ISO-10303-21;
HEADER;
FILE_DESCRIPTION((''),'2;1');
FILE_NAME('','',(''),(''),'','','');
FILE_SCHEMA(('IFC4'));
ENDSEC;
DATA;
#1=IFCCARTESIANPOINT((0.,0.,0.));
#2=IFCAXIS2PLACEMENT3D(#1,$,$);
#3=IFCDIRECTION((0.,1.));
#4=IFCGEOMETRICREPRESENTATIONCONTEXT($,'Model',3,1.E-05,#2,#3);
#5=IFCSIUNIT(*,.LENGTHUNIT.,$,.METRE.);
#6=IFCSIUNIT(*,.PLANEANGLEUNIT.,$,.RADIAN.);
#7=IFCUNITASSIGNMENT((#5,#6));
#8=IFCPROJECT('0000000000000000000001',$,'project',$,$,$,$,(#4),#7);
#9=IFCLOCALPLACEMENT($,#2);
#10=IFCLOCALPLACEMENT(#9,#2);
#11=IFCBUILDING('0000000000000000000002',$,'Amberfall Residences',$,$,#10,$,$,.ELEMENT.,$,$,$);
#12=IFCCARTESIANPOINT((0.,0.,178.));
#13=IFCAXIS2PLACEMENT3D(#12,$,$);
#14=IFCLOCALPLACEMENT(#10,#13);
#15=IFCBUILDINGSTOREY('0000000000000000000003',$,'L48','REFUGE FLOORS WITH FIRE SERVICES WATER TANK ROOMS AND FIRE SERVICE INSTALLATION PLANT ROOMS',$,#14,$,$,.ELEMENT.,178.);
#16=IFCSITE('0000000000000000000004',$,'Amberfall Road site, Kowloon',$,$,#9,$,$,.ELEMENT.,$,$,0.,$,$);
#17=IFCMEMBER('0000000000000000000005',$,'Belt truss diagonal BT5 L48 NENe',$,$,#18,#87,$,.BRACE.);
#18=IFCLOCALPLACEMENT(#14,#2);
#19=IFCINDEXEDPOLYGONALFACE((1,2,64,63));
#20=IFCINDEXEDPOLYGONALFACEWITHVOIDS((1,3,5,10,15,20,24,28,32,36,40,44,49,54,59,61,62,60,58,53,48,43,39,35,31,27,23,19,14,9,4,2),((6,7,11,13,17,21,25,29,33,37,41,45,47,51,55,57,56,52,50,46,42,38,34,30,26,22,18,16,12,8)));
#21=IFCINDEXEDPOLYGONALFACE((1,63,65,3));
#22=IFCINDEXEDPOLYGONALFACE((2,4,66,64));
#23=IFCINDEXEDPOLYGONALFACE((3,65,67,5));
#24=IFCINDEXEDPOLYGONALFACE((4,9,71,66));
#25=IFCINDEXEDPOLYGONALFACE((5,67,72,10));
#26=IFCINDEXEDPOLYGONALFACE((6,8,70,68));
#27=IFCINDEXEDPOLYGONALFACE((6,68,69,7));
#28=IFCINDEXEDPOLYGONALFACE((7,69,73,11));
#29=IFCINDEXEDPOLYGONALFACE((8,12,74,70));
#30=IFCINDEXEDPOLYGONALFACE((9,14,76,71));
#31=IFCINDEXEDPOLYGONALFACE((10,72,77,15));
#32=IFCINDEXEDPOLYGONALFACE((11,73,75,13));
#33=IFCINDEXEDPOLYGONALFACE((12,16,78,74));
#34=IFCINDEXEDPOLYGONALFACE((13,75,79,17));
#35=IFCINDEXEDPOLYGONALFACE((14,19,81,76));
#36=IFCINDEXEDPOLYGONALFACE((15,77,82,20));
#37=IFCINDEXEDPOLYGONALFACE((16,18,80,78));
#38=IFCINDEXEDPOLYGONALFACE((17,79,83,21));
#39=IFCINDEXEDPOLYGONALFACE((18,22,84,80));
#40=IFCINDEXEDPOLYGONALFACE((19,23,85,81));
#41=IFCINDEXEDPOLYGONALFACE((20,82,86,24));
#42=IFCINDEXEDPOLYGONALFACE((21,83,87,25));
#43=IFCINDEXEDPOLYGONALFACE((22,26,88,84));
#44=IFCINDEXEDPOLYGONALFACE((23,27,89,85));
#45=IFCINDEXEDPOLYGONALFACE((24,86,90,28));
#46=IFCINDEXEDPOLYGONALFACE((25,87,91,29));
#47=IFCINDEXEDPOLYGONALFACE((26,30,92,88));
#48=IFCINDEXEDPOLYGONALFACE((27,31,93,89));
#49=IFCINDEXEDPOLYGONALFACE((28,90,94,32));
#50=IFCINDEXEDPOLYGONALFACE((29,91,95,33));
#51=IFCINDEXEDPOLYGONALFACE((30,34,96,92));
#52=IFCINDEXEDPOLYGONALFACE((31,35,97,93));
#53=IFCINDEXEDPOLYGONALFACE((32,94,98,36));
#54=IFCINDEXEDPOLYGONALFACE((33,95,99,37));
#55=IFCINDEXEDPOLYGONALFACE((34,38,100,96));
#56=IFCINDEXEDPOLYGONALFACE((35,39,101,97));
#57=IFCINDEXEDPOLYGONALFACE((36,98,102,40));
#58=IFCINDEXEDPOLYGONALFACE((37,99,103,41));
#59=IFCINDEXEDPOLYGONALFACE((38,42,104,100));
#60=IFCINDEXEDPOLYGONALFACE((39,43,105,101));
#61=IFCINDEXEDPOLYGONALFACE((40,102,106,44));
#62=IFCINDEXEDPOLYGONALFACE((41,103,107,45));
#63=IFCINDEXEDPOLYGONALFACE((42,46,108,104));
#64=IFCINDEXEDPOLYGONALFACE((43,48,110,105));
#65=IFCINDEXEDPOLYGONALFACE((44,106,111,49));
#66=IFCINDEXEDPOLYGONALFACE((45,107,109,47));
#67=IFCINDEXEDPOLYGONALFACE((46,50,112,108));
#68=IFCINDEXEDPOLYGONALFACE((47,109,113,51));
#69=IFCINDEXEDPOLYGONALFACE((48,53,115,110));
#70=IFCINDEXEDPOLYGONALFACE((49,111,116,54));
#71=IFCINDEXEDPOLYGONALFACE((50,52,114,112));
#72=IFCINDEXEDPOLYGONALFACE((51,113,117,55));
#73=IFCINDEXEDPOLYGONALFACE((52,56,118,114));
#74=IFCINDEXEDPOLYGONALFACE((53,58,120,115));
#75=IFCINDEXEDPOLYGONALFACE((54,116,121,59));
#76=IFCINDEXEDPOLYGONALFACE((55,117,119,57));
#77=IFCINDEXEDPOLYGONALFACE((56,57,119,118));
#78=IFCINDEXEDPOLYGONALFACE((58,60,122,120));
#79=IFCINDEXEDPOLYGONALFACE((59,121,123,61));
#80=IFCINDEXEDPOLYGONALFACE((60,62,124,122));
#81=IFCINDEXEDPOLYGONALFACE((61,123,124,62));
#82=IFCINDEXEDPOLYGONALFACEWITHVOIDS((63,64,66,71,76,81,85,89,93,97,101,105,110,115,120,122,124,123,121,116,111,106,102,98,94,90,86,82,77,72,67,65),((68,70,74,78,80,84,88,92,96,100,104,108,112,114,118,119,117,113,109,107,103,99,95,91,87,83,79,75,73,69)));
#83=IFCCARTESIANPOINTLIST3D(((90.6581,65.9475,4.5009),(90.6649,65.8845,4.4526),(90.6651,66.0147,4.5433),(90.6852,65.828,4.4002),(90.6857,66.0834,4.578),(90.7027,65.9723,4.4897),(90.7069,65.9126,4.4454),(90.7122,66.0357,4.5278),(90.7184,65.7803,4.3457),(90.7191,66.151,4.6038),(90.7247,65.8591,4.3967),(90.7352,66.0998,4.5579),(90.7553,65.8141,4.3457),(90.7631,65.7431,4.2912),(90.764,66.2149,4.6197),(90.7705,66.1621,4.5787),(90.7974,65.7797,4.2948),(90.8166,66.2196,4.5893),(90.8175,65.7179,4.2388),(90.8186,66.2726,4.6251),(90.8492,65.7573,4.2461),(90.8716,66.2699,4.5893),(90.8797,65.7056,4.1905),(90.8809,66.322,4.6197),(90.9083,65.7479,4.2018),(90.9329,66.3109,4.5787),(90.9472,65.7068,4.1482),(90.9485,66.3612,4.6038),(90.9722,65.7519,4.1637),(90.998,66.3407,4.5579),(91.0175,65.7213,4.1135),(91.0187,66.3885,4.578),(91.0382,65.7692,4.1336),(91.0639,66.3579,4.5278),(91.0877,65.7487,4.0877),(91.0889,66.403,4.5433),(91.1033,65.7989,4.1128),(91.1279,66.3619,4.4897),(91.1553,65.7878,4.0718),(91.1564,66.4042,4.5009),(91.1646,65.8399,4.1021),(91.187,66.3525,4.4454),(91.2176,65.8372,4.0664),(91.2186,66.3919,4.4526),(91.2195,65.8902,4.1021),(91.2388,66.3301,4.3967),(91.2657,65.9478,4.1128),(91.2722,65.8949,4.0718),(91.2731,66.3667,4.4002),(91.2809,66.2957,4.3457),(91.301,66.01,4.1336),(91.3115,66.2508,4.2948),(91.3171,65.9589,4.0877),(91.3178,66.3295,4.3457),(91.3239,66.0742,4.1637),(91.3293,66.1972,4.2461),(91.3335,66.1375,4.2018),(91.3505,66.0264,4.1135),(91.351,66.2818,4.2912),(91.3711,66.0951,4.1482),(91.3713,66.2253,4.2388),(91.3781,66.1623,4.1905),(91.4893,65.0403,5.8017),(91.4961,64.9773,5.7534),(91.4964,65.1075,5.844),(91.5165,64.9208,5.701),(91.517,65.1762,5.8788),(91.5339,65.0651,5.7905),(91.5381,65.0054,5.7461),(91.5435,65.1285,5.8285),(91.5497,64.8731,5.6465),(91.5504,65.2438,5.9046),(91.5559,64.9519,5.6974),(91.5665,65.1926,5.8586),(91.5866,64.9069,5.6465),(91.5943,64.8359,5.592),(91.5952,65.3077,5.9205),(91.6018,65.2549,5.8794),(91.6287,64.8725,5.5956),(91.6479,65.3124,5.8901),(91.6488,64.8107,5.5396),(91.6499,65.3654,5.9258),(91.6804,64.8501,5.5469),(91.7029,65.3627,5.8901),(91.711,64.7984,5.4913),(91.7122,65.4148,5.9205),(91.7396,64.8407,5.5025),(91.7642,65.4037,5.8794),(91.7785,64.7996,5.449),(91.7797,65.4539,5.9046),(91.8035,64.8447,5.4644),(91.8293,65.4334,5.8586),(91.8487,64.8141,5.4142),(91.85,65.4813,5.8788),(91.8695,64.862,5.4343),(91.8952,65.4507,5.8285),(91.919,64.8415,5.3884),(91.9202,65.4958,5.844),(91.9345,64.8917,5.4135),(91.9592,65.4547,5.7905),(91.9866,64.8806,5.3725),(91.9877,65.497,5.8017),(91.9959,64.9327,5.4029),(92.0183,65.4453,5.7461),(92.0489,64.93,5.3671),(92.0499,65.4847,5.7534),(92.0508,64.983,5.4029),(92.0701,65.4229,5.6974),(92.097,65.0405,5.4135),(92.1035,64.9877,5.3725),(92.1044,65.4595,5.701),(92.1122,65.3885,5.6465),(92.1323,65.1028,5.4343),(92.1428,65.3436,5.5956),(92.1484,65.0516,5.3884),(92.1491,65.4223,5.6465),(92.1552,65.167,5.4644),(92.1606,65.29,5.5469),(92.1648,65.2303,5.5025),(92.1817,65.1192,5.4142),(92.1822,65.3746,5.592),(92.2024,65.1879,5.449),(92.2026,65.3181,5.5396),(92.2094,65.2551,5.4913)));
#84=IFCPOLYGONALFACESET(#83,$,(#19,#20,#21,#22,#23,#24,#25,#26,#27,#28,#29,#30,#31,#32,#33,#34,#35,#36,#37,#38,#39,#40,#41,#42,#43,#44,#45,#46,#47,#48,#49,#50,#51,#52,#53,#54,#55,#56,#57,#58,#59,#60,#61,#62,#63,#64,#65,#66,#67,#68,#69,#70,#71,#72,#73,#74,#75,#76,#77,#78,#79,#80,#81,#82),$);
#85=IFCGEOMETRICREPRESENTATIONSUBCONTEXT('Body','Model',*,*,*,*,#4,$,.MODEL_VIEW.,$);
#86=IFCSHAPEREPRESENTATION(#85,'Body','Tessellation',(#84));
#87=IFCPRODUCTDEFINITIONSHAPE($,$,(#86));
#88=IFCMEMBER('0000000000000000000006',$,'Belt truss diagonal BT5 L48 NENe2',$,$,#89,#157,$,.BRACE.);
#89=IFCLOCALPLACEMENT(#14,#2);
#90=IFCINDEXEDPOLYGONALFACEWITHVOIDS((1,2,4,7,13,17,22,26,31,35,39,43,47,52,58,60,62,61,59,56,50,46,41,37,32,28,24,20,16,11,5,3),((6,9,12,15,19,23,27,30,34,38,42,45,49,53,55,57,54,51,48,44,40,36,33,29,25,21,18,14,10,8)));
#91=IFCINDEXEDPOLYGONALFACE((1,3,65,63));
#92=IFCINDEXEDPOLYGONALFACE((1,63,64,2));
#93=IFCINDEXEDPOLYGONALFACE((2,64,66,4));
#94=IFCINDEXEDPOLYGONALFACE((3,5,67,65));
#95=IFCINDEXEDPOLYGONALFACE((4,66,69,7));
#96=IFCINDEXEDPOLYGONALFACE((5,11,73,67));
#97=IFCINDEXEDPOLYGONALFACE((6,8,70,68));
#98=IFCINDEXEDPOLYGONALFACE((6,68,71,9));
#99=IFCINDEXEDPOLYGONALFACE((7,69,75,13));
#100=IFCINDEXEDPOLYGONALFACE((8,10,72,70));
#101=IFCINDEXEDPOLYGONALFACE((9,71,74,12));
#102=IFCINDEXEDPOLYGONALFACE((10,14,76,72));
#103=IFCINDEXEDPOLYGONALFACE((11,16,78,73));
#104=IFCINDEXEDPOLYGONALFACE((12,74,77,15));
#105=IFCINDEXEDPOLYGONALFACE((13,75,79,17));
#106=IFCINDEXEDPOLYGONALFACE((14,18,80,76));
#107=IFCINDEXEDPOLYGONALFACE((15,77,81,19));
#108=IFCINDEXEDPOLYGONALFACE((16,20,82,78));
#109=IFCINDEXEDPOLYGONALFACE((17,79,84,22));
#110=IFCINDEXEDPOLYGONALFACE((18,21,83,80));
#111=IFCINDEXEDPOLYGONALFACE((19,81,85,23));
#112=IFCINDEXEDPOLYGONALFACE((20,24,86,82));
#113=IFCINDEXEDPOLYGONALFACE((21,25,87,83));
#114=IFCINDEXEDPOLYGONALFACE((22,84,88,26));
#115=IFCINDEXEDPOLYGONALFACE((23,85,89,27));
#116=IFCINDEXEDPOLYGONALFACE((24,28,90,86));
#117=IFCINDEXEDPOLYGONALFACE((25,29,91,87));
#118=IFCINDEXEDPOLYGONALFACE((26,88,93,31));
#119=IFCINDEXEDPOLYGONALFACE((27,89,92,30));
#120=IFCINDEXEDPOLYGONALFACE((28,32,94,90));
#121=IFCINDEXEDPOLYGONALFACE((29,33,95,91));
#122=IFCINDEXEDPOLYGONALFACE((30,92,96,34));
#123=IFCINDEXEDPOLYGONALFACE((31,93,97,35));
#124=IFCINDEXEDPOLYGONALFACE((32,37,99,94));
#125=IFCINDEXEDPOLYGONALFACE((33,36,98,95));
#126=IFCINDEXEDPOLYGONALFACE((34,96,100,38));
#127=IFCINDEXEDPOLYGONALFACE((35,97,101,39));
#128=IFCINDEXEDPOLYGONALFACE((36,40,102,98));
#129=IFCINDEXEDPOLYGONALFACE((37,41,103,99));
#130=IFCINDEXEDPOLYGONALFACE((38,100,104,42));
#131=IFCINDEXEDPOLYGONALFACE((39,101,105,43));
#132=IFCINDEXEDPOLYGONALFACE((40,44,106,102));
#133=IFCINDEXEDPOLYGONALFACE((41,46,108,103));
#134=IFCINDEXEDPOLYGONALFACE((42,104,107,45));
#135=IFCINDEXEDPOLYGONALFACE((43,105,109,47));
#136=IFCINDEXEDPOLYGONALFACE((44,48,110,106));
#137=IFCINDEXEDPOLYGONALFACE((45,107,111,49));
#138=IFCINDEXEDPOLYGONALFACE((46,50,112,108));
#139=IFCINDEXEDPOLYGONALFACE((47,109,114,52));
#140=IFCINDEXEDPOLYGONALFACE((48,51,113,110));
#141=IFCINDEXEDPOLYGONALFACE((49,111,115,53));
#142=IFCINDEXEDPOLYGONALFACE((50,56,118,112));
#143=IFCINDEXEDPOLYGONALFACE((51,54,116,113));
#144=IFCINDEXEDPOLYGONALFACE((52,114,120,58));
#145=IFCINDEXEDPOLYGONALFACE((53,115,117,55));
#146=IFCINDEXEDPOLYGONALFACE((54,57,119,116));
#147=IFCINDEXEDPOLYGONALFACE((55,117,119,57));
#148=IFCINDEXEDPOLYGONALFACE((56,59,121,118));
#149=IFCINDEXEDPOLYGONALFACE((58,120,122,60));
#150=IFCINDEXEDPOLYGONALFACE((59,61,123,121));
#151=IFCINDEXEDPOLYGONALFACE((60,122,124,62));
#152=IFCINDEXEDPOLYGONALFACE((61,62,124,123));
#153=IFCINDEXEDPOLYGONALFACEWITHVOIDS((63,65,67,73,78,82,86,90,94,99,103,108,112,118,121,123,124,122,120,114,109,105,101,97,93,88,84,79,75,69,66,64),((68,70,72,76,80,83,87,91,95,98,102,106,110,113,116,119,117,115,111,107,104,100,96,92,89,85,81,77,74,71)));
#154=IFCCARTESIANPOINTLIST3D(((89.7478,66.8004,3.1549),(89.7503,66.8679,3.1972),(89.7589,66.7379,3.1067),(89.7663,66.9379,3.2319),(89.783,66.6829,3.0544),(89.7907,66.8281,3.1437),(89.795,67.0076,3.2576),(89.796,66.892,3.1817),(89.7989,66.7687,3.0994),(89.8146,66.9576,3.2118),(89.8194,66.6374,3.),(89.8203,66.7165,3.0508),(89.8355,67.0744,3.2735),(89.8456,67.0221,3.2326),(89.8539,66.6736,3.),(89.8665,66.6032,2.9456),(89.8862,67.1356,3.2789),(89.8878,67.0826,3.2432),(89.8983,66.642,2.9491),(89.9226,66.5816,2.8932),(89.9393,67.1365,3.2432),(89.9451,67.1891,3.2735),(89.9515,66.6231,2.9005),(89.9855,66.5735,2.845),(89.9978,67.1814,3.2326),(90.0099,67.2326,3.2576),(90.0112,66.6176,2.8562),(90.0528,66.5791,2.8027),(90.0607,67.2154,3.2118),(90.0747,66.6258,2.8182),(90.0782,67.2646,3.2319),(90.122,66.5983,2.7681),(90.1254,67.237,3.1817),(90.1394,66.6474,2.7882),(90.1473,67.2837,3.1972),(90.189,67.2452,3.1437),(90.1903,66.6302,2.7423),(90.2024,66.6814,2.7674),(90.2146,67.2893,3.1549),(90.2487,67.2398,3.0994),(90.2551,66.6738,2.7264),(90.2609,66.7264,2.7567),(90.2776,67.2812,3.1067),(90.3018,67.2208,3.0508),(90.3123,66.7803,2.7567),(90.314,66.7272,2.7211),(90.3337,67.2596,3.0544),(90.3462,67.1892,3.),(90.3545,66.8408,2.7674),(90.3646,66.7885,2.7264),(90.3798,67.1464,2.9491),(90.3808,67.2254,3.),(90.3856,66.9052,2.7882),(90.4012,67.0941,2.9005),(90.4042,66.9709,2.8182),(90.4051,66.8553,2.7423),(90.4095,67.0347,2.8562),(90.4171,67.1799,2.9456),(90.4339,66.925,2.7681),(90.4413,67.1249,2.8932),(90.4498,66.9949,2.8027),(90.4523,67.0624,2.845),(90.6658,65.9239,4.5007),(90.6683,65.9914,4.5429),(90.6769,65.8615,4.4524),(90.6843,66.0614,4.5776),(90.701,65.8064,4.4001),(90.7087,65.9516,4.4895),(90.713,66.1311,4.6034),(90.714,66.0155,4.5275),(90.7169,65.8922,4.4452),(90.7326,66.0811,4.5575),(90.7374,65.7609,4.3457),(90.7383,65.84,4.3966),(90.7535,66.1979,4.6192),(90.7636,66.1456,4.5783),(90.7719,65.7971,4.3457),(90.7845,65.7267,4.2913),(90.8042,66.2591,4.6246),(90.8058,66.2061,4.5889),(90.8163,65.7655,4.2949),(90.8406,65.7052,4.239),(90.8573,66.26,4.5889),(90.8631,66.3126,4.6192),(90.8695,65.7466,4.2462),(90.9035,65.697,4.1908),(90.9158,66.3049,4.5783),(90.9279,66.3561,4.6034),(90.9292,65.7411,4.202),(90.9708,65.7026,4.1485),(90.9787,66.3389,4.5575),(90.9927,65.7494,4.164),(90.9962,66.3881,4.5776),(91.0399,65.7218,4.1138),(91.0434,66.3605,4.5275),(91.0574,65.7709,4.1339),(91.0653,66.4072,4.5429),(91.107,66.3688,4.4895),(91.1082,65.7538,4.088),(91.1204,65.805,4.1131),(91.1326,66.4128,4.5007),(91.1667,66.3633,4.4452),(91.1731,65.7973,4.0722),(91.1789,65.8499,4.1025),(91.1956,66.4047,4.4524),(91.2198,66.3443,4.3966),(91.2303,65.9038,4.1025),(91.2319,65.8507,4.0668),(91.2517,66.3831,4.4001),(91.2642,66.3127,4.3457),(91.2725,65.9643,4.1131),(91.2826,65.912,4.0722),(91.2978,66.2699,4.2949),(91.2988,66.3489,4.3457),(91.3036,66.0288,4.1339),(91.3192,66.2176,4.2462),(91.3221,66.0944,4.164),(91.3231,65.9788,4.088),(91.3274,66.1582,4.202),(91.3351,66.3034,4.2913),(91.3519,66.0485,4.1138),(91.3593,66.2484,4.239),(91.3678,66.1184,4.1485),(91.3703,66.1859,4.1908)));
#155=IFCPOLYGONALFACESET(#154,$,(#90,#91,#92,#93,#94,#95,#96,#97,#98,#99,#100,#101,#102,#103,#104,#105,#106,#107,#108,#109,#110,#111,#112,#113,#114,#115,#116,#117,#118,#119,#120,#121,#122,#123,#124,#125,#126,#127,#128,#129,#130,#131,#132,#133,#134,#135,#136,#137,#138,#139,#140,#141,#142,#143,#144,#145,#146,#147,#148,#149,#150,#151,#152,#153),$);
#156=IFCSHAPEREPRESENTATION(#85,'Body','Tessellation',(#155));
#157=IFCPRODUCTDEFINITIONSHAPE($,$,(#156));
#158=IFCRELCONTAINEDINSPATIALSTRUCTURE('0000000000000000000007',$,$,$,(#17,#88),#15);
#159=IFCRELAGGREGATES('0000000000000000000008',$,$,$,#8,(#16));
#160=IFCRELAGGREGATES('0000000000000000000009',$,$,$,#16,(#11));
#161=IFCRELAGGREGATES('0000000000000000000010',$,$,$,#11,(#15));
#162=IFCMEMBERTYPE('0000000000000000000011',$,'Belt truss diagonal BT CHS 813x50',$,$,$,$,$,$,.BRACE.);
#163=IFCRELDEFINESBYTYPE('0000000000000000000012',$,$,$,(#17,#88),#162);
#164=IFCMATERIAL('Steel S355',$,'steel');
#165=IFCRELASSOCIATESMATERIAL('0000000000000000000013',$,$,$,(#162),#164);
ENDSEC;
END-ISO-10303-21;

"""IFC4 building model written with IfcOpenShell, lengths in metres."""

from ifc_helpers import new_model, si_unit, direction, frame, origin, origin_2d, place, context, subcontext, project, spatial, hollow_circle, extrude, material, material_profile, profile_set, type_object, element, save


model = new_model("IFC4")

# Units and contexts
model_context = context("Model", 3, precision=1e-05, world=origin(), true_north=direction((0.0, 1.0)))
body_context = subcontext(model_context, "Body", "Model", "MODEL_VIEW")
ifc_project = project(units=[si_unit("LENGTHUNIT", "METRE"), si_unit("PLANEANGLEUNIT", "RADIAN")], contexts=[model_context])

# Site, building, storey
site_placement = place(None, origin())
site = spatial("IfcSite", under=ifc_project, at=site_placement, Name="Amberfall Road site, Kowloon", CompositionType="ELEMENT", RefElevation=0.0)
building_placement = place(site_placement, origin())
building = spatial("IfcBuilding", under=site, at=building_placement, Name="Amberfall Residences", CompositionType="ELEMENT")
storey_placement = place(building_placement, frame((0.0, 0.0, 178.0)))
storey = spatial("IfcBuildingStorey", under=building, at=storey_placement, Name="L48", Description="REFUGE FLOORS WITH FIRE SERVICES WATER TANK ROOMS AND FIRE SERVICE INSTALLATION PLANT ROOMS", CompositionType="ELEMENT", Elevation=178.0)

# Shared definitions
ifc_material_1 = material(Name="Steel S355", Category="steel")

# Members
ifc_material_profile_1 = material_profile(ifc_material_1, hollow_circle(Radius=0.4065, WallThickness=0.05, at=origin_2d()), Name="CHS 813x50")
ifc_profile_set_1 = profile_set([ifc_material_profile_1], Name="Steel S355")
member_type = type_object("IfcMemberType", Name="Belt truss diagonal BT CHS 813x50", PredefinedType="BRACE", material=ifc_profile_set_1)
member_1_placement = place(storey_placement, frame((91.8494, 65.1477, 5.6465), z_axis=(-0.464264, 0.506668, -0.726461), x_axis=(-0.737286, -0.675581, 0.0)))
element("IfcMember", 1, at=member_1_placement, inside=storey, type_object=member_type, Name="Belt truss diagonal BT5 L48 NENe", PredefinedType="BRACE", context=body_context, shape_type="SweptSolid", body=[
    extrude(hollow_circle(Radius=0.4065, WallThickness=0.05, at=origin_2d()), origin(), (0.0, 0.0, 1.0), 1.7905),
])
member_2_placement = place(storey_placement, frame((91.0181, 66.0549, 4.3457), z_axis=(-0.496252, 0.473815, -0.727484), x_axis=(-0.690567, -0.723268, 0.0)))
element("IfcMember", 2, at=member_2_placement, inside=storey, type_object=member_type, Name="Belt truss diagonal BT5 L48 NENe2", PredefinedType="BRACE", context=body_context, shape_type="SweptSolid", body=[
    extrude(hollow_circle(Radius=0.4065, WallThickness=0.05, at=origin_2d()), origin(), (0.0, 0.0, 1.0), 1.8499),
])

save(model, "model.ifc")
